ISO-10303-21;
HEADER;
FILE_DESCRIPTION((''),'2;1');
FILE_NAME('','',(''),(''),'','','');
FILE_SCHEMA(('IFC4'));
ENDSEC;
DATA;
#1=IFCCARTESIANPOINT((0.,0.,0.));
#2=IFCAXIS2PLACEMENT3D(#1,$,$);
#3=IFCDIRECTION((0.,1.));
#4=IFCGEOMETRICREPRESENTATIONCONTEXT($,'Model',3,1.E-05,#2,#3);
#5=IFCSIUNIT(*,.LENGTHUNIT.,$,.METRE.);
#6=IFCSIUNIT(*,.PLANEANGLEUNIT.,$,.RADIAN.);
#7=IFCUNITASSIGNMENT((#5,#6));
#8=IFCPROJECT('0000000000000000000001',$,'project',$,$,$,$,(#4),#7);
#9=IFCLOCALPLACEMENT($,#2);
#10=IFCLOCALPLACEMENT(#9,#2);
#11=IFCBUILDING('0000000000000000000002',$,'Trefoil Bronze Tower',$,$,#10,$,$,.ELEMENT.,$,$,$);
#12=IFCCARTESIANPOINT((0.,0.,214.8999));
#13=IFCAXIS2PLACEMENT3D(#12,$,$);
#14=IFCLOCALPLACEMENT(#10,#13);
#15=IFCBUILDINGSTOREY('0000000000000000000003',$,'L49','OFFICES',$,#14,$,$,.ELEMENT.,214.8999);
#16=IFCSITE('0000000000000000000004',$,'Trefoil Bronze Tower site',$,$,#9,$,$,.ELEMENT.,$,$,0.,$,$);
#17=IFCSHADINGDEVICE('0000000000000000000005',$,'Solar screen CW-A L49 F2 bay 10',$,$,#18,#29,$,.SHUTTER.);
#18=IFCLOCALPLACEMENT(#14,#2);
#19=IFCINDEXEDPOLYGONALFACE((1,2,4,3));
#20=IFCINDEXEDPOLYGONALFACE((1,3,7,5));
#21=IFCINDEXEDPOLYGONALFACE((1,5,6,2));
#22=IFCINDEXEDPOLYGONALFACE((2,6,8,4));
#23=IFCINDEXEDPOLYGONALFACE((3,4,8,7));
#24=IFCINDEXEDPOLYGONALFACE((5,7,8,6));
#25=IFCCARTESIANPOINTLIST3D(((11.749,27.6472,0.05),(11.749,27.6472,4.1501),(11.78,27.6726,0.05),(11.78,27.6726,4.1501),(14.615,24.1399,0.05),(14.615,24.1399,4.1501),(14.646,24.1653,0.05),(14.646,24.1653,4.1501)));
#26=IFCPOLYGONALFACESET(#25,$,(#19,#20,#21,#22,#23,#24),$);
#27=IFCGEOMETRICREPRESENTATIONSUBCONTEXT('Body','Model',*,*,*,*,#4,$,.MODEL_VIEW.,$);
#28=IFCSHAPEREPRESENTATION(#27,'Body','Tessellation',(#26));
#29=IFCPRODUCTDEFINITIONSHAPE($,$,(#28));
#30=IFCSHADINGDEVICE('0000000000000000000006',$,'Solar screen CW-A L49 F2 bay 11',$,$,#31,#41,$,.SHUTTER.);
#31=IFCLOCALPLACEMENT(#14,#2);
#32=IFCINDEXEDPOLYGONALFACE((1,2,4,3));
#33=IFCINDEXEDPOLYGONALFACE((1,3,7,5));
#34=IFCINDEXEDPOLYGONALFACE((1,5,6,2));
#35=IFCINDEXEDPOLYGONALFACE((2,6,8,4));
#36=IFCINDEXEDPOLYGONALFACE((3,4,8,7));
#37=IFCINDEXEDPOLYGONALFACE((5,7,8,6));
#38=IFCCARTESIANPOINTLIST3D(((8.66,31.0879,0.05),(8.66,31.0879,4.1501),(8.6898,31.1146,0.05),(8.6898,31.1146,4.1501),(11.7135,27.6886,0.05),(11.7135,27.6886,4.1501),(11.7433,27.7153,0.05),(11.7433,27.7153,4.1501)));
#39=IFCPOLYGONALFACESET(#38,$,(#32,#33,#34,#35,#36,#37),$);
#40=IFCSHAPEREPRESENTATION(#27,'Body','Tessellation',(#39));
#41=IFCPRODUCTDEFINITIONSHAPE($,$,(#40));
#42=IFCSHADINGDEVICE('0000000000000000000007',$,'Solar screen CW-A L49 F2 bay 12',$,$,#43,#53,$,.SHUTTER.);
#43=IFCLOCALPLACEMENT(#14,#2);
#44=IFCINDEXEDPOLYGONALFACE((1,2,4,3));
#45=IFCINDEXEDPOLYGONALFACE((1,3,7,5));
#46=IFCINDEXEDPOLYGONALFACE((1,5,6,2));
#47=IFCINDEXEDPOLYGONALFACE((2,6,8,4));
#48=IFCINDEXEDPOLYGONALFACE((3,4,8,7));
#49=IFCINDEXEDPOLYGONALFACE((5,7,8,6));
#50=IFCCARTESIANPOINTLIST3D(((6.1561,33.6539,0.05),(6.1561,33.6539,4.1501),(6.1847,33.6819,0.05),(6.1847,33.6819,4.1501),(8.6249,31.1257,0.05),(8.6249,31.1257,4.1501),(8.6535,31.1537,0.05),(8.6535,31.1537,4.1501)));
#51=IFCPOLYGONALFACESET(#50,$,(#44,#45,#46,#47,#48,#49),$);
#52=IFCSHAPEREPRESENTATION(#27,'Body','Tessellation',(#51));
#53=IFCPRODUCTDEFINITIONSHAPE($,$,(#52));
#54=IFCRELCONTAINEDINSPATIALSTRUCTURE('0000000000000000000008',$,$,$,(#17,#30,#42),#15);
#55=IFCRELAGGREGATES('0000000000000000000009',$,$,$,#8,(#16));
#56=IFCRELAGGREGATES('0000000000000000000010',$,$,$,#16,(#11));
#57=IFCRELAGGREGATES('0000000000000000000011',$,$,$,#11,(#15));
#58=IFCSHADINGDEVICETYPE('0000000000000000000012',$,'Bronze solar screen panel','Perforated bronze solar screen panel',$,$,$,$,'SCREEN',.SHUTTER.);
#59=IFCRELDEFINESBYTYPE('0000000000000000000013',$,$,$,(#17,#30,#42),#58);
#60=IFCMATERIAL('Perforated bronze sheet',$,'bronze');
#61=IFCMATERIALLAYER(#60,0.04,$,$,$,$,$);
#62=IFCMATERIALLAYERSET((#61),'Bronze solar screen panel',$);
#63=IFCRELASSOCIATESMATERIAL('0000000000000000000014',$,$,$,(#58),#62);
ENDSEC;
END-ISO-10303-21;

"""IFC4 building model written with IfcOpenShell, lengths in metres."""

from ifc_helpers import new_model, si_unit, direction, frame, origin, origin_2d, place, context, subcontext, project, spatial, rectangle, extrude, material, layer, layer_set, type_object, element, save


model = new_model("IFC4")

# Units and contexts
model_context = context("Model", 3, precision=1e-05, world=origin(), true_north=direction((0.0, 1.0)))
body_context = subcontext(model_context, "Body", "Model", "MODEL_VIEW")
ifc_project = project(units=[si_unit("LENGTHUNIT", "METRE"), si_unit("PLANEANGLEUNIT", "RADIAN")], contexts=[model_context])

# Site, building, storey
site_placement = place(None, origin())
site = spatial("IfcSite", under=ifc_project, at=site_placement, Name="Trefoil Bronze Tower site", CompositionType="ELEMENT", RefElevation=0.0)
building_placement = place(site_placement, origin())
building = spatial("IfcBuilding", under=site, at=building_placement, Name="Trefoil Bronze Tower", CompositionType="ELEMENT")
storey_placement = place(building_placement, frame((0.0, 0.0, 214.8999)))
storey = spatial("IfcBuildingStorey", under=building, at=storey_placement, Name="L49", Description="OFFICES", CompositionType="ELEMENT", Elevation=214.8999)

# Shading devices
ifc_material_1 = material(Name="Perforated bronze sheet", Category="bronze")
ifc_layer_1 = layer(ifc_material_1, 0.04)
ifc_layer_set_1 = layer_set([ifc_layer_1], Name="Bronze solar screen panel")
shading_device_type = type_object("IfcShadingDeviceType", Name="Bronze solar screen panel", Description="Perforated bronze solar screen panel", ElementType="SCREEN", PredefinedType="SHUTTER", material=ifc_layer_set_1)
shading_device_1_placement = place(storey_placement, frame((13.1975, 25.9062, 0.05), z_axis=(0.0, 0.0, 1.0), x_axis=(-0.632753, 0.774354, 0.0)))
element("IfcShadingDevice", 1, at=shading_device_1_placement, inside=storey, type_object=shading_device_type, Name="Solar screen CW-A L49 F2 bay 10", PredefinedType="SHUTTER", context=body_context, shape_type="SweptSolid", body=[
    extrude(rectangle(XDim=4.5293, YDim=0.04, at=origin_2d()), origin(), (0.0, 0.0, 1.0), 4.1001),
])
shading_device_2_placement = place(storey_placement, frame((10.2017, 29.4016, 0.05), z_axis=(0.0, 0.0, 1.0), x_axis=(-0.668246, 0.743941, 0.0)))
element("IfcShadingDevice", 2, at=shading_device_2_placement, inside=storey, type_object=shading_device_type, Name="Solar screen CW-A L49 F2 bay 11", PredefinedType="SHUTTER", context=body_context, shape_type="SweptSolid", body=[
    extrude(rectangle(XDim=4.5693, YDim=0.04, at=origin_2d()), origin(), (0.0, 0.0, 1.0), 4.1001),
])
shading_device_3_placement = place(storey_placement, frame((7.4048, 32.4038, 0.05), z_axis=(0.0, 0.0, 1.0), x_axis=(-0.698652, 0.715462, 0.0)))
element("IfcShadingDevice", 3, at=shading_device_3_placement, inside=storey, type_object=shading_device_type, Name="Solar screen CW-A L49 F2 bay 12", PredefinedType="SHUTTER", context=body_context, shape_type="SweptSolid", body=[
    extrude(rectangle(XDim=3.5337, YDim=0.04, at=origin_2d()), origin(), (0.0, 0.0, 1.0), 4.1001),
])

save(model, "model.ifc")
